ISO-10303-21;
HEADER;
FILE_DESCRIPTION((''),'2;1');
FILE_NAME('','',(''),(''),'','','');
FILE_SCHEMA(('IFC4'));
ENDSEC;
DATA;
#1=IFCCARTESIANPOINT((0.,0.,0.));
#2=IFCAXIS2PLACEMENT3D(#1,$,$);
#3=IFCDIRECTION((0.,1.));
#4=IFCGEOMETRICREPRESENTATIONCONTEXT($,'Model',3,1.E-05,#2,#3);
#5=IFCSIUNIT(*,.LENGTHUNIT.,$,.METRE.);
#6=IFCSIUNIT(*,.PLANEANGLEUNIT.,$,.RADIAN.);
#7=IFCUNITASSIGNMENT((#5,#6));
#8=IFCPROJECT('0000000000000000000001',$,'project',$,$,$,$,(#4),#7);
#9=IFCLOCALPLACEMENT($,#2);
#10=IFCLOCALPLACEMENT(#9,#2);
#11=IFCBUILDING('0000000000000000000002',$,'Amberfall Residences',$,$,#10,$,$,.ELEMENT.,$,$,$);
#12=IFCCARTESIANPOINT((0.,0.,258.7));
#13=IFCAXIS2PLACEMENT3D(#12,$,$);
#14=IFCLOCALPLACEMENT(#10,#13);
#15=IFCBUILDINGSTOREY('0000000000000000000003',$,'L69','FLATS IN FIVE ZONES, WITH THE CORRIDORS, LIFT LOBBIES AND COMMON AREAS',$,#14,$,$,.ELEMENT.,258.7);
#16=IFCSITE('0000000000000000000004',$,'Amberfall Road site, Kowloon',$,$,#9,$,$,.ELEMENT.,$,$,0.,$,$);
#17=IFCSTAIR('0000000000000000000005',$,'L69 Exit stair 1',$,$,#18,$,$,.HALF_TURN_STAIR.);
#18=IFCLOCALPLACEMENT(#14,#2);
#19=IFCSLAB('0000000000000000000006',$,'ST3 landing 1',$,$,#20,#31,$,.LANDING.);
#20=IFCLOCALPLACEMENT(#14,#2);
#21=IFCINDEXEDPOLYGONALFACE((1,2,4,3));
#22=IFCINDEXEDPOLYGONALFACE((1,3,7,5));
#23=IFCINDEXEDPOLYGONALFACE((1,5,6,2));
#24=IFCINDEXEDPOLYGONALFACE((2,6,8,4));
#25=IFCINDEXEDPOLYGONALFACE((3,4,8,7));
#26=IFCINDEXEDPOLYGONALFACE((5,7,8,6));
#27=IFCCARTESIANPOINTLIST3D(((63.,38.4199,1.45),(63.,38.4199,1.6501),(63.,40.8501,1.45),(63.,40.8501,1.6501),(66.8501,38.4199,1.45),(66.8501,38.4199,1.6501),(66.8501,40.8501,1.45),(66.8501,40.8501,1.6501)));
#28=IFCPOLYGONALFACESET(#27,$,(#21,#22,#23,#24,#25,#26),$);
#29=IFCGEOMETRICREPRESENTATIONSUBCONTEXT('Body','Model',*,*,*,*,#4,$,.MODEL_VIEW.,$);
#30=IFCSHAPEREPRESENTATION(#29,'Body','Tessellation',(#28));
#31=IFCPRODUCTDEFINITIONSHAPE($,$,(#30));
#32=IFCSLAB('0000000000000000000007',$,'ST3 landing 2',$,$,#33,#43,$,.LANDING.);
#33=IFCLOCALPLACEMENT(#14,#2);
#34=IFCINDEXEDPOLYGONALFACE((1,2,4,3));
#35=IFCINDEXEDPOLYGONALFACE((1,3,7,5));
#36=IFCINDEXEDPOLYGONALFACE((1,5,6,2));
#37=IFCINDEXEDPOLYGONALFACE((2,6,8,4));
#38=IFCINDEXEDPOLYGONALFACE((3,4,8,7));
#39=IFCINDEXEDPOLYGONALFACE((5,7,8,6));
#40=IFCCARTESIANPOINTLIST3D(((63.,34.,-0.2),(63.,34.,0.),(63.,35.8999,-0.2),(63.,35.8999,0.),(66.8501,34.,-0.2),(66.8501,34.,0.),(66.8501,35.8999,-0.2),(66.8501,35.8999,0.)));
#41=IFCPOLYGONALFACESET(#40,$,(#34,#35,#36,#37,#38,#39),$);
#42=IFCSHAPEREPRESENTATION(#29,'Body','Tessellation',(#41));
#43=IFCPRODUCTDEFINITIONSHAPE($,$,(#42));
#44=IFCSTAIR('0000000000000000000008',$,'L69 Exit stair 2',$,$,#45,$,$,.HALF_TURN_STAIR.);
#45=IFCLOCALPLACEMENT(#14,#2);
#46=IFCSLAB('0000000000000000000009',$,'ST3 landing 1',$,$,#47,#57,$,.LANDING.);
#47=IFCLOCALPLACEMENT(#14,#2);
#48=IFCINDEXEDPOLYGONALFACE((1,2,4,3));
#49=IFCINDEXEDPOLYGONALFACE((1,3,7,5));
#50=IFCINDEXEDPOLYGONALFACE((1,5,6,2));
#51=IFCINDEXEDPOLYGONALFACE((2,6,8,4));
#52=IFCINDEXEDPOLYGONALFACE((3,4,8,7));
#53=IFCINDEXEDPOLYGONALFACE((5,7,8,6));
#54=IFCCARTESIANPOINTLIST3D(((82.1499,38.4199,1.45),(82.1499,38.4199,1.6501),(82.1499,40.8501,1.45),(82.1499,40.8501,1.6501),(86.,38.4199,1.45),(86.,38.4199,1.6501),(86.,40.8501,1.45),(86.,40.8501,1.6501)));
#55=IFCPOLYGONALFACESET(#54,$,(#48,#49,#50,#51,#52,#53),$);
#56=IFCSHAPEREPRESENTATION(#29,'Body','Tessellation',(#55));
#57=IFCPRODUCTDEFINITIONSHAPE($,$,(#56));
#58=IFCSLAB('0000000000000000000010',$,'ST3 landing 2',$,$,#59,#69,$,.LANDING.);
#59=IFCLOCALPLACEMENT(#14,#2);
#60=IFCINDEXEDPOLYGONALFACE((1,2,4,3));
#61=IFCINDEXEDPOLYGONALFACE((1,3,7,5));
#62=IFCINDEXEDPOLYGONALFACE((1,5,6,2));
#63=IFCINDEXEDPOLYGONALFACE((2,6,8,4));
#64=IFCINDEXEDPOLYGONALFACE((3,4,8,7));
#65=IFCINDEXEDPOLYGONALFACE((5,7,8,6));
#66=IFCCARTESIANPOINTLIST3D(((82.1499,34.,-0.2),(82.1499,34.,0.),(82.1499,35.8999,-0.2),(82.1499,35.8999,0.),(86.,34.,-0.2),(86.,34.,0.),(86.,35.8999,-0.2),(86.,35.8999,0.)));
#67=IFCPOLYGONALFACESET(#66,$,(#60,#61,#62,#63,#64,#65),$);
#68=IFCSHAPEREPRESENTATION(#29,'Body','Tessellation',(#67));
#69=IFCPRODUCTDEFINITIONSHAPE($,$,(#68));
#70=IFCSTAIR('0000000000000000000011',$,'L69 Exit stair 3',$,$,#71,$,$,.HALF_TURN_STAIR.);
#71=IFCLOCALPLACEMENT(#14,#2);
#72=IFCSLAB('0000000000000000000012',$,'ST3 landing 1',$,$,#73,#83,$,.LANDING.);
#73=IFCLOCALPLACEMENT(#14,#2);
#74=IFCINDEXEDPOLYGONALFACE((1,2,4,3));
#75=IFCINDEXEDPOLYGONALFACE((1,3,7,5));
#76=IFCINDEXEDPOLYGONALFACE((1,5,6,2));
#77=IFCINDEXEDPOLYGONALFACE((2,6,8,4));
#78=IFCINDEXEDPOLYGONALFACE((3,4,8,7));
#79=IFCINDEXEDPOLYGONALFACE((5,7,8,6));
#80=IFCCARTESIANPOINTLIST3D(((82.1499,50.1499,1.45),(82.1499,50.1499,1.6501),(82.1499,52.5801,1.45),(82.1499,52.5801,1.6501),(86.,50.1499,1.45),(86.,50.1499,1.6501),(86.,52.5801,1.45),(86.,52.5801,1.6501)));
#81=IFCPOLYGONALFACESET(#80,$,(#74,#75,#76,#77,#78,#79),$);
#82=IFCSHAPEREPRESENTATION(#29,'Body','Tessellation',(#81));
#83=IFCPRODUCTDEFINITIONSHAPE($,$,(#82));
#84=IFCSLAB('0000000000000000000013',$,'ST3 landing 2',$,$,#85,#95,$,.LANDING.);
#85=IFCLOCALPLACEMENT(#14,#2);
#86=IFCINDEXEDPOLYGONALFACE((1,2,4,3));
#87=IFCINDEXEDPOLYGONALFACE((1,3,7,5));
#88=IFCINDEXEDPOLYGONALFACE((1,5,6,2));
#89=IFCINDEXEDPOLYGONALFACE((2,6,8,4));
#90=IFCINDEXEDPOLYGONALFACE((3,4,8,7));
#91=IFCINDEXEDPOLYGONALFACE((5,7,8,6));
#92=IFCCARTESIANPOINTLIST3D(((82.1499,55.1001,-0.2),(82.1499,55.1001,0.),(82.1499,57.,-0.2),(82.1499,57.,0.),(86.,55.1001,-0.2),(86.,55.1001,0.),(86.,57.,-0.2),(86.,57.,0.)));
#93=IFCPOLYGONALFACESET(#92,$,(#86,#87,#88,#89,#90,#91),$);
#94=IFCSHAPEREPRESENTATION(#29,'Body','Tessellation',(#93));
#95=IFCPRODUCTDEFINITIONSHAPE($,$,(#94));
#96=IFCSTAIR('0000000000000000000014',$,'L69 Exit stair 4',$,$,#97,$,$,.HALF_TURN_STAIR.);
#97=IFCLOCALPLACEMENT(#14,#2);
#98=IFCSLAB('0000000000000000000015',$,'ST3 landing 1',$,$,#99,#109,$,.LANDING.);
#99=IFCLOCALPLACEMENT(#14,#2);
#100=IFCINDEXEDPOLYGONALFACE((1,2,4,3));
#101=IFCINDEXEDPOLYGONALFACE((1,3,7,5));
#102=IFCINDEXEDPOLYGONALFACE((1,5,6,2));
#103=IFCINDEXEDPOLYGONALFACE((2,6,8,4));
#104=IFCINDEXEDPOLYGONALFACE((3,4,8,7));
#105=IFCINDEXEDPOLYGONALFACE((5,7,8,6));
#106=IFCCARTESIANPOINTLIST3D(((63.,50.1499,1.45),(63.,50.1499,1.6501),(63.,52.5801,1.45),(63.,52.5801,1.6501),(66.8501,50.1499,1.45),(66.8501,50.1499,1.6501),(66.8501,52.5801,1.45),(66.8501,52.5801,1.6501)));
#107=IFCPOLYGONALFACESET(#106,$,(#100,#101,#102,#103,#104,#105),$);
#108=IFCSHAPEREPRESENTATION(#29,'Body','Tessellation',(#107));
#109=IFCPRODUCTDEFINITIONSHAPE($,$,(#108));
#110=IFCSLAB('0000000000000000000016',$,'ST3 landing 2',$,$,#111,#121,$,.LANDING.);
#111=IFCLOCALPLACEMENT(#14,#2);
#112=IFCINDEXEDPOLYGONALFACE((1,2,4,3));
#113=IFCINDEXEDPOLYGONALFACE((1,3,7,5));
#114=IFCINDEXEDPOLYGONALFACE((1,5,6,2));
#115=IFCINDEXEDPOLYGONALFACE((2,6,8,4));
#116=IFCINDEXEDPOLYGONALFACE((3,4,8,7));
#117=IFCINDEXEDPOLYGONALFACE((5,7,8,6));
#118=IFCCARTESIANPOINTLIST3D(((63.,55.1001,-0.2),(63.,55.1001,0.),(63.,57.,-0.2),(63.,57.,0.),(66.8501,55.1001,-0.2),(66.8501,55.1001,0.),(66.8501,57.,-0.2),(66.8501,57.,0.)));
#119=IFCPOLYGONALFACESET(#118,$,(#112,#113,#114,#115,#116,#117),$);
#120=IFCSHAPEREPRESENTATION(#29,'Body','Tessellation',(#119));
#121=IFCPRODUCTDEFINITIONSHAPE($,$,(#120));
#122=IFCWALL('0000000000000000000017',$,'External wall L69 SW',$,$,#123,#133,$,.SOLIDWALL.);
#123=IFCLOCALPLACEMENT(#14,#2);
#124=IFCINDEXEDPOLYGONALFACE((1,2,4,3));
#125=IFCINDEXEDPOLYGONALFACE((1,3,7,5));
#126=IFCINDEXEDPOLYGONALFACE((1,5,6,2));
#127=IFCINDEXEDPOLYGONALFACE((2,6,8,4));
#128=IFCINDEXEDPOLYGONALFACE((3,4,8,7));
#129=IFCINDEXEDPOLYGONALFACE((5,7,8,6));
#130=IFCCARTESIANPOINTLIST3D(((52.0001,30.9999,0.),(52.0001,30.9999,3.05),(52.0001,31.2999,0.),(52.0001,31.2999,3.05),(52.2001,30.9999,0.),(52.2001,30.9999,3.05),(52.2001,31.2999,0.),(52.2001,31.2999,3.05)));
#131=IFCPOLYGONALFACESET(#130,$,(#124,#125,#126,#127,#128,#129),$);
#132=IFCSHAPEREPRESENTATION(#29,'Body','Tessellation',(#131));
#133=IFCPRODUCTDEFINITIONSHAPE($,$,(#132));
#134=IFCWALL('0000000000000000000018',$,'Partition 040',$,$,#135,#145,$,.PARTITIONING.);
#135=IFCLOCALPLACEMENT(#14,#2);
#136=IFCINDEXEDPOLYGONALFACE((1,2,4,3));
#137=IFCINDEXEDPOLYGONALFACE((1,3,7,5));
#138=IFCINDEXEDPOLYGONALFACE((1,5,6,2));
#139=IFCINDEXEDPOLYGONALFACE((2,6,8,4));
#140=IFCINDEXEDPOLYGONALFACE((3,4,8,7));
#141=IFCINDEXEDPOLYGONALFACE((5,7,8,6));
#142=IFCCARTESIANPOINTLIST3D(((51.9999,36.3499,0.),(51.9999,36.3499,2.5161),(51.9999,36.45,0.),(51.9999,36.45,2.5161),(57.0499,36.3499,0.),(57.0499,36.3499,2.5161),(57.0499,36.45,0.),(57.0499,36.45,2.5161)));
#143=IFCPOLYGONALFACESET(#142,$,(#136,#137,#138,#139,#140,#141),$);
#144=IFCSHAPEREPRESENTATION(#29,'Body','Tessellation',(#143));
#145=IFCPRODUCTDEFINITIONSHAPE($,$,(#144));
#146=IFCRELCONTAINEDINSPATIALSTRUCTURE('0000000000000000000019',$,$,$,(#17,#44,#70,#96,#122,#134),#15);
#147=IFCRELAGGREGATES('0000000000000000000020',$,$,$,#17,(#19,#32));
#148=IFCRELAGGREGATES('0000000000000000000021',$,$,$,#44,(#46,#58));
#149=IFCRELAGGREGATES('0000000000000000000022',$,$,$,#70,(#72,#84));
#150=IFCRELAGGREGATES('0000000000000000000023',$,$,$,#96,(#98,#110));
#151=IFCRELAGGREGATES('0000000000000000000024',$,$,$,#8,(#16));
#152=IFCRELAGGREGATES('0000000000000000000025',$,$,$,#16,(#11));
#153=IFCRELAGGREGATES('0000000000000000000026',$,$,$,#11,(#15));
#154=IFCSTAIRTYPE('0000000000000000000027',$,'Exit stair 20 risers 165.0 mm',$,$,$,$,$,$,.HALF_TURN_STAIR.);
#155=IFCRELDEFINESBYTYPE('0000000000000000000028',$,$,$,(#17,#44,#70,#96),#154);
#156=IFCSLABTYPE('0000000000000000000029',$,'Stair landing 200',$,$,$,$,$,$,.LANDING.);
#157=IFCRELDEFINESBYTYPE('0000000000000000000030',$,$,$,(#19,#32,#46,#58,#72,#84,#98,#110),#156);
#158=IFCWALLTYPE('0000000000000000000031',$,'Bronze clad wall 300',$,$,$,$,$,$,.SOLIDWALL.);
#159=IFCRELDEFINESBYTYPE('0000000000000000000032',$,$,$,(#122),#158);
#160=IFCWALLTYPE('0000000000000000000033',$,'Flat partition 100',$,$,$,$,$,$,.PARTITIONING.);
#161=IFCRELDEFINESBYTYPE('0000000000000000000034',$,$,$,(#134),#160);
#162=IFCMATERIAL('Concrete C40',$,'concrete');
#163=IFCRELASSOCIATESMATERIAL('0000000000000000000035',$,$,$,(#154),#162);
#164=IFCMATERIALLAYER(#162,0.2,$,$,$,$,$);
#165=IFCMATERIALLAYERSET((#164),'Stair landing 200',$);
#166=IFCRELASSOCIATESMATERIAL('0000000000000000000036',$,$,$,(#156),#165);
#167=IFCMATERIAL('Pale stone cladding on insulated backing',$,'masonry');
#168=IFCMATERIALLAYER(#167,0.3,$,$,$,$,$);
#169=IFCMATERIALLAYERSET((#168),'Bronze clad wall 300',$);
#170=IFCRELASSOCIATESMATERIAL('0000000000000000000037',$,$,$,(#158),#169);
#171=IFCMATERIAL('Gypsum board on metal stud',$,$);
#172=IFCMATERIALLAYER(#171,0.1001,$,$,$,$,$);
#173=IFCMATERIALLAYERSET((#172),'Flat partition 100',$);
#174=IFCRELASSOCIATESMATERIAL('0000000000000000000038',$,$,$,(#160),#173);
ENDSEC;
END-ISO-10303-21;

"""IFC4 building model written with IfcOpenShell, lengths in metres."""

from ifc_helpers import new_model, si_unit, direction, frame, frame_2d, origin, place, context, subcontext, project, spatial, polyline, rectangle, outline, extrude, material, layer, layer_set, type_object, element, aggregate, save


model = new_model("IFC4")

# Units and contexts
model_context = context("Model", 3, precision=1e-05, world=origin(), true_north=direction((0.0, 1.0)))
body_context = subcontext(model_context, "Body", "Model", "MODEL_VIEW")
ifc_project = project(units=[si_unit("LENGTHUNIT", "METRE"), si_unit("PLANEANGLEUNIT", "RADIAN")], contexts=[model_context])

# Site, building, storey
site_placement = place(None, origin())
site = spatial("IfcSite", under=ifc_project, at=site_placement, Name="Amberfall Road site, Kowloon", CompositionType="ELEMENT", RefElevation=0.0)
building_placement = place(site_placement, origin())
building = spatial("IfcBuilding", under=site, at=building_placement, Name="Amberfall Residences", CompositionType="ELEMENT")
storey_placement = place(building_placement, frame((0.0, 0.0, 258.7)))
storey = spatial("IfcBuildingStorey", under=building, at=storey_placement, Name="L69", Description="FLATS IN FIVE ZONES, WITH THE CORRIDORS, LIFT LOBBIES AND COMMON AREAS", CompositionType="ELEMENT", Elevation=258.7)

# Stairs, slabs
ifc_material_1 = material(Name="Concrete C40", Category="concrete")
stair_type = type_object("IfcStairType", Name="Exit stair 20 risers 165.0 mm", PredefinedType="HALF_TURN_STAIR", material=ifc_material_1)
stair_1_placement = place(storey_placement, origin())
stair_1 = element("IfcStair", 1, at=stair_1_placement, inside=storey, type_object=stair_type, Name="L69 Exit stair 1", PredefinedType="HALF_TURN_STAIR")
ifc_layer_1 = layer(ifc_material_1, 0.2)
ifc_layer_set_1 = layer_set([ifc_layer_1], Name="Stair landing 200")
slab_type_1 = type_object("IfcSlabType", Name="Stair landing 200", PredefinedType="LANDING", material=ifc_layer_set_1)
slab_1_placement = place(storey_placement, frame((0.0, 0.0, 1.45)))
slab_1 = element("IfcSlab", 2, at=slab_1_placement, type_object=slab_type_1, Name="ST3 landing 1", PredefinedType="LANDING", context=body_context, shape_type="SweptSolid", body=[
    extrude(outline(polyline([(66.8501, 38.4199), (66.8501, 40.8501), (63.0, 40.8501), (63.0, 38.4199), (66.8501, 38.4199)])), origin(), (0.0, 0.0, 1.0), 0.2002),
])
slab_2_placement = place(storey_placement, frame((0.0, 0.0, -0.2)))
slab_2 = element("IfcSlab", 3, at=slab_2_placement, type_object=slab_type_1, Name="ST3 landing 2", PredefinedType="LANDING", context=body_context, shape_type="SweptSolid", body=[
    extrude(outline(polyline([(66.8501, 34.0), (66.8501, 35.8999), (63.0, 35.8999), (63.0, 34.0), (66.8501, 34.0)])), origin(), (0.0, 0.0, 1.0), 0.2),
])
aggregate(stair_1, [slab_1, slab_2])
stair_2_placement = place(storey_placement, origin())
stair_2 = element("IfcStair", 4, at=stair_2_placement, inside=storey, type_object=stair_type, Name="L69 Exit stair 2", PredefinedType="HALF_TURN_STAIR")
slab_3_placement = place(storey_placement, frame((0.0, 0.0, 1.45)))
slab_3 = element("IfcSlab", 5, at=slab_3_placement, type_object=slab_type_1, Name="ST3 landing 1", PredefinedType="LANDING", context=body_context, shape_type="SweptSolid", body=[
    extrude(outline(polyline([(86.0, 38.4199), (86.0, 40.8501), (82.1499, 40.8501), (82.1499, 38.4199), (86.0, 38.4199)])), origin(), (0.0, 0.0, 1.0), 0.2002),
])
slab_4_placement = place(storey_placement, frame((0.0, 0.0, -0.2)))
slab_4 = element("IfcSlab", 6, at=slab_4_placement, type_object=slab_type_1, Name="ST3 landing 2", PredefinedType="LANDING", context=body_context, shape_type="SweptSolid", body=[
    extrude(outline(polyline([(86.0, 34.0), (86.0, 35.8999), (82.1499, 35.8999), (82.1499, 34.0), (86.0, 34.0)])), origin(), (0.0, 0.0, 1.0), 0.2),
])
aggregate(stair_2, [slab_3, slab_4])
stair_3_placement = place(storey_placement, origin())
stair_3 = element("IfcStair", 7, at=stair_3_placement, inside=storey, type_object=stair_type, Name="L69 Exit stair 3", PredefinedType="HALF_TURN_STAIR")
slab_5_placement = place(storey_placement, frame((0.0, 0.0, 1.45)))
slab_5 = element("IfcSlab", 8, at=slab_5_placement, type_object=slab_type_1, Name="ST3 landing 1", PredefinedType="LANDING", context=body_context, shape_type="SweptSolid", body=[
    extrude(outline(polyline([(82.1499, 52.5801), (82.1499, 50.1499), (86.0, 50.1499), (86.0, 52.5801), (82.1499, 52.5801)])), origin(), (0.0, 0.0, 1.0), 0.2002),
])
slab_6_placement = place(storey_placement, frame((0.0, 0.0, -0.2)))
slab_6 = element("IfcSlab", 9, at=slab_6_placement, type_object=slab_type_1, Name="ST3 landing 2", PredefinedType="LANDING", context=body_context, shape_type="SweptSolid", body=[
    extrude(outline(polyline([(82.1499, 57.0), (82.1499, 55.1001), (86.0, 55.1001), (86.0, 57.0), (82.1499, 57.0)])), origin(), (0.0, 0.0, 1.0), 0.2),
])
aggregate(stair_3, [slab_5, slab_6])
stair_4_placement = place(storey_placement, origin())
stair_4 = element("IfcStair", 10, at=stair_4_placement, inside=storey, type_object=stair_type, Name="L69 Exit stair 4", PredefinedType="HALF_TURN_STAIR")
slab_7_placement = place(storey_placement, frame((0.0, 0.0, 1.45)))
slab_7 = element("IfcSlab", 11, at=slab_7_placement, type_object=slab_type_1, Name="ST3 landing 1", PredefinedType="LANDING", context=body_context, shape_type="SweptSolid", body=[
    extrude(outline(polyline([(63.0, 52.5801), (63.0, 50.1499), (66.8501, 50.1499), (66.8501, 52.5801), (63.0, 52.5801)])), origin(), (0.0, 0.0, 1.0), 0.2002),
])
slab_8_placement = place(storey_placement, frame((0.0, 0.0, -0.2)))
slab_8 = element("IfcSlab", 12, at=slab_8_placement, type_object=slab_type_1, Name="ST3 landing 2", PredefinedType="LANDING", context=body_context, shape_type="SweptSolid", body=[
    extrude(outline(polyline([(63.0, 57.0), (63.0, 55.1001), (66.8501, 55.1001), (66.8501, 57.0), (63.0, 57.0)])), origin(), (0.0, 0.0, 1.0), 0.2),
])
aggregate(stair_4, [slab_7, slab_8])

# Walls
ifc_material_2 = material(Name="Pale stone cladding on insulated backing", Category="masonry")
ifc_layer_2 = layer(ifc_material_2, 0.3)
ifc_layer_set_2 = layer_set([ifc_layer_2], Name="Bronze clad wall 300")
wall_type_1 = type_object("IfcWallType", Name="Bronze clad wall 300", PredefinedType="SOLIDWALL", material=ifc_layer_set_2)
wall_1_placement = place(storey_placement, frame((52.0, 31.1499, 0.0), z_axis=(0.0, 0.0, 1.0), x_axis=(1.0, 0.0, 0.0)))
element("IfcWall", 13, at=wall_1_placement, inside=storey, type_object=wall_type_1, Name="External wall L69 SW", PredefinedType="SOLIDWALL", context=body_context, shape_type="SweptSolid", body=[
    extrude(rectangle(XDim=0.2, YDim=0.3, at=frame_2d((0.1001, 0.0))), origin(), (0.0, 0.0, 1.0), 3.05),
])
ifc_material_3 = material(Name="Gypsum board on metal stud")
ifc_layer_3 = layer(ifc_material_3, 0.1001)
ifc_layer_set_3 = layer_set([ifc_layer_3], Name="Flat partition 100")
wall_type_2 = type_object("IfcWallType", Name="Flat partition 100", PredefinedType="PARTITIONING", material=ifc_layer_set_3)
wall_2_placement = place(storey_placement, frame((52.0, 36.3999, 0.0), z_axis=(0.0, 0.0, 1.0), x_axis=(1.0, 0.0, 0.0)))
element("IfcWall", 14, at=wall_2_placement, inside=storey, type_object=wall_type_2, Name="Partition 040", PredefinedType="PARTITIONING", context=body_context, shape_type="SweptSolid", body=[
    extrude(rectangle(XDim=5.05, YDim=0.1001, at=frame_2d((2.5249, 0.0))), origin(), (0.0, 0.0, 1.0), 2.5161),
])

save(model, "model.ifc")
